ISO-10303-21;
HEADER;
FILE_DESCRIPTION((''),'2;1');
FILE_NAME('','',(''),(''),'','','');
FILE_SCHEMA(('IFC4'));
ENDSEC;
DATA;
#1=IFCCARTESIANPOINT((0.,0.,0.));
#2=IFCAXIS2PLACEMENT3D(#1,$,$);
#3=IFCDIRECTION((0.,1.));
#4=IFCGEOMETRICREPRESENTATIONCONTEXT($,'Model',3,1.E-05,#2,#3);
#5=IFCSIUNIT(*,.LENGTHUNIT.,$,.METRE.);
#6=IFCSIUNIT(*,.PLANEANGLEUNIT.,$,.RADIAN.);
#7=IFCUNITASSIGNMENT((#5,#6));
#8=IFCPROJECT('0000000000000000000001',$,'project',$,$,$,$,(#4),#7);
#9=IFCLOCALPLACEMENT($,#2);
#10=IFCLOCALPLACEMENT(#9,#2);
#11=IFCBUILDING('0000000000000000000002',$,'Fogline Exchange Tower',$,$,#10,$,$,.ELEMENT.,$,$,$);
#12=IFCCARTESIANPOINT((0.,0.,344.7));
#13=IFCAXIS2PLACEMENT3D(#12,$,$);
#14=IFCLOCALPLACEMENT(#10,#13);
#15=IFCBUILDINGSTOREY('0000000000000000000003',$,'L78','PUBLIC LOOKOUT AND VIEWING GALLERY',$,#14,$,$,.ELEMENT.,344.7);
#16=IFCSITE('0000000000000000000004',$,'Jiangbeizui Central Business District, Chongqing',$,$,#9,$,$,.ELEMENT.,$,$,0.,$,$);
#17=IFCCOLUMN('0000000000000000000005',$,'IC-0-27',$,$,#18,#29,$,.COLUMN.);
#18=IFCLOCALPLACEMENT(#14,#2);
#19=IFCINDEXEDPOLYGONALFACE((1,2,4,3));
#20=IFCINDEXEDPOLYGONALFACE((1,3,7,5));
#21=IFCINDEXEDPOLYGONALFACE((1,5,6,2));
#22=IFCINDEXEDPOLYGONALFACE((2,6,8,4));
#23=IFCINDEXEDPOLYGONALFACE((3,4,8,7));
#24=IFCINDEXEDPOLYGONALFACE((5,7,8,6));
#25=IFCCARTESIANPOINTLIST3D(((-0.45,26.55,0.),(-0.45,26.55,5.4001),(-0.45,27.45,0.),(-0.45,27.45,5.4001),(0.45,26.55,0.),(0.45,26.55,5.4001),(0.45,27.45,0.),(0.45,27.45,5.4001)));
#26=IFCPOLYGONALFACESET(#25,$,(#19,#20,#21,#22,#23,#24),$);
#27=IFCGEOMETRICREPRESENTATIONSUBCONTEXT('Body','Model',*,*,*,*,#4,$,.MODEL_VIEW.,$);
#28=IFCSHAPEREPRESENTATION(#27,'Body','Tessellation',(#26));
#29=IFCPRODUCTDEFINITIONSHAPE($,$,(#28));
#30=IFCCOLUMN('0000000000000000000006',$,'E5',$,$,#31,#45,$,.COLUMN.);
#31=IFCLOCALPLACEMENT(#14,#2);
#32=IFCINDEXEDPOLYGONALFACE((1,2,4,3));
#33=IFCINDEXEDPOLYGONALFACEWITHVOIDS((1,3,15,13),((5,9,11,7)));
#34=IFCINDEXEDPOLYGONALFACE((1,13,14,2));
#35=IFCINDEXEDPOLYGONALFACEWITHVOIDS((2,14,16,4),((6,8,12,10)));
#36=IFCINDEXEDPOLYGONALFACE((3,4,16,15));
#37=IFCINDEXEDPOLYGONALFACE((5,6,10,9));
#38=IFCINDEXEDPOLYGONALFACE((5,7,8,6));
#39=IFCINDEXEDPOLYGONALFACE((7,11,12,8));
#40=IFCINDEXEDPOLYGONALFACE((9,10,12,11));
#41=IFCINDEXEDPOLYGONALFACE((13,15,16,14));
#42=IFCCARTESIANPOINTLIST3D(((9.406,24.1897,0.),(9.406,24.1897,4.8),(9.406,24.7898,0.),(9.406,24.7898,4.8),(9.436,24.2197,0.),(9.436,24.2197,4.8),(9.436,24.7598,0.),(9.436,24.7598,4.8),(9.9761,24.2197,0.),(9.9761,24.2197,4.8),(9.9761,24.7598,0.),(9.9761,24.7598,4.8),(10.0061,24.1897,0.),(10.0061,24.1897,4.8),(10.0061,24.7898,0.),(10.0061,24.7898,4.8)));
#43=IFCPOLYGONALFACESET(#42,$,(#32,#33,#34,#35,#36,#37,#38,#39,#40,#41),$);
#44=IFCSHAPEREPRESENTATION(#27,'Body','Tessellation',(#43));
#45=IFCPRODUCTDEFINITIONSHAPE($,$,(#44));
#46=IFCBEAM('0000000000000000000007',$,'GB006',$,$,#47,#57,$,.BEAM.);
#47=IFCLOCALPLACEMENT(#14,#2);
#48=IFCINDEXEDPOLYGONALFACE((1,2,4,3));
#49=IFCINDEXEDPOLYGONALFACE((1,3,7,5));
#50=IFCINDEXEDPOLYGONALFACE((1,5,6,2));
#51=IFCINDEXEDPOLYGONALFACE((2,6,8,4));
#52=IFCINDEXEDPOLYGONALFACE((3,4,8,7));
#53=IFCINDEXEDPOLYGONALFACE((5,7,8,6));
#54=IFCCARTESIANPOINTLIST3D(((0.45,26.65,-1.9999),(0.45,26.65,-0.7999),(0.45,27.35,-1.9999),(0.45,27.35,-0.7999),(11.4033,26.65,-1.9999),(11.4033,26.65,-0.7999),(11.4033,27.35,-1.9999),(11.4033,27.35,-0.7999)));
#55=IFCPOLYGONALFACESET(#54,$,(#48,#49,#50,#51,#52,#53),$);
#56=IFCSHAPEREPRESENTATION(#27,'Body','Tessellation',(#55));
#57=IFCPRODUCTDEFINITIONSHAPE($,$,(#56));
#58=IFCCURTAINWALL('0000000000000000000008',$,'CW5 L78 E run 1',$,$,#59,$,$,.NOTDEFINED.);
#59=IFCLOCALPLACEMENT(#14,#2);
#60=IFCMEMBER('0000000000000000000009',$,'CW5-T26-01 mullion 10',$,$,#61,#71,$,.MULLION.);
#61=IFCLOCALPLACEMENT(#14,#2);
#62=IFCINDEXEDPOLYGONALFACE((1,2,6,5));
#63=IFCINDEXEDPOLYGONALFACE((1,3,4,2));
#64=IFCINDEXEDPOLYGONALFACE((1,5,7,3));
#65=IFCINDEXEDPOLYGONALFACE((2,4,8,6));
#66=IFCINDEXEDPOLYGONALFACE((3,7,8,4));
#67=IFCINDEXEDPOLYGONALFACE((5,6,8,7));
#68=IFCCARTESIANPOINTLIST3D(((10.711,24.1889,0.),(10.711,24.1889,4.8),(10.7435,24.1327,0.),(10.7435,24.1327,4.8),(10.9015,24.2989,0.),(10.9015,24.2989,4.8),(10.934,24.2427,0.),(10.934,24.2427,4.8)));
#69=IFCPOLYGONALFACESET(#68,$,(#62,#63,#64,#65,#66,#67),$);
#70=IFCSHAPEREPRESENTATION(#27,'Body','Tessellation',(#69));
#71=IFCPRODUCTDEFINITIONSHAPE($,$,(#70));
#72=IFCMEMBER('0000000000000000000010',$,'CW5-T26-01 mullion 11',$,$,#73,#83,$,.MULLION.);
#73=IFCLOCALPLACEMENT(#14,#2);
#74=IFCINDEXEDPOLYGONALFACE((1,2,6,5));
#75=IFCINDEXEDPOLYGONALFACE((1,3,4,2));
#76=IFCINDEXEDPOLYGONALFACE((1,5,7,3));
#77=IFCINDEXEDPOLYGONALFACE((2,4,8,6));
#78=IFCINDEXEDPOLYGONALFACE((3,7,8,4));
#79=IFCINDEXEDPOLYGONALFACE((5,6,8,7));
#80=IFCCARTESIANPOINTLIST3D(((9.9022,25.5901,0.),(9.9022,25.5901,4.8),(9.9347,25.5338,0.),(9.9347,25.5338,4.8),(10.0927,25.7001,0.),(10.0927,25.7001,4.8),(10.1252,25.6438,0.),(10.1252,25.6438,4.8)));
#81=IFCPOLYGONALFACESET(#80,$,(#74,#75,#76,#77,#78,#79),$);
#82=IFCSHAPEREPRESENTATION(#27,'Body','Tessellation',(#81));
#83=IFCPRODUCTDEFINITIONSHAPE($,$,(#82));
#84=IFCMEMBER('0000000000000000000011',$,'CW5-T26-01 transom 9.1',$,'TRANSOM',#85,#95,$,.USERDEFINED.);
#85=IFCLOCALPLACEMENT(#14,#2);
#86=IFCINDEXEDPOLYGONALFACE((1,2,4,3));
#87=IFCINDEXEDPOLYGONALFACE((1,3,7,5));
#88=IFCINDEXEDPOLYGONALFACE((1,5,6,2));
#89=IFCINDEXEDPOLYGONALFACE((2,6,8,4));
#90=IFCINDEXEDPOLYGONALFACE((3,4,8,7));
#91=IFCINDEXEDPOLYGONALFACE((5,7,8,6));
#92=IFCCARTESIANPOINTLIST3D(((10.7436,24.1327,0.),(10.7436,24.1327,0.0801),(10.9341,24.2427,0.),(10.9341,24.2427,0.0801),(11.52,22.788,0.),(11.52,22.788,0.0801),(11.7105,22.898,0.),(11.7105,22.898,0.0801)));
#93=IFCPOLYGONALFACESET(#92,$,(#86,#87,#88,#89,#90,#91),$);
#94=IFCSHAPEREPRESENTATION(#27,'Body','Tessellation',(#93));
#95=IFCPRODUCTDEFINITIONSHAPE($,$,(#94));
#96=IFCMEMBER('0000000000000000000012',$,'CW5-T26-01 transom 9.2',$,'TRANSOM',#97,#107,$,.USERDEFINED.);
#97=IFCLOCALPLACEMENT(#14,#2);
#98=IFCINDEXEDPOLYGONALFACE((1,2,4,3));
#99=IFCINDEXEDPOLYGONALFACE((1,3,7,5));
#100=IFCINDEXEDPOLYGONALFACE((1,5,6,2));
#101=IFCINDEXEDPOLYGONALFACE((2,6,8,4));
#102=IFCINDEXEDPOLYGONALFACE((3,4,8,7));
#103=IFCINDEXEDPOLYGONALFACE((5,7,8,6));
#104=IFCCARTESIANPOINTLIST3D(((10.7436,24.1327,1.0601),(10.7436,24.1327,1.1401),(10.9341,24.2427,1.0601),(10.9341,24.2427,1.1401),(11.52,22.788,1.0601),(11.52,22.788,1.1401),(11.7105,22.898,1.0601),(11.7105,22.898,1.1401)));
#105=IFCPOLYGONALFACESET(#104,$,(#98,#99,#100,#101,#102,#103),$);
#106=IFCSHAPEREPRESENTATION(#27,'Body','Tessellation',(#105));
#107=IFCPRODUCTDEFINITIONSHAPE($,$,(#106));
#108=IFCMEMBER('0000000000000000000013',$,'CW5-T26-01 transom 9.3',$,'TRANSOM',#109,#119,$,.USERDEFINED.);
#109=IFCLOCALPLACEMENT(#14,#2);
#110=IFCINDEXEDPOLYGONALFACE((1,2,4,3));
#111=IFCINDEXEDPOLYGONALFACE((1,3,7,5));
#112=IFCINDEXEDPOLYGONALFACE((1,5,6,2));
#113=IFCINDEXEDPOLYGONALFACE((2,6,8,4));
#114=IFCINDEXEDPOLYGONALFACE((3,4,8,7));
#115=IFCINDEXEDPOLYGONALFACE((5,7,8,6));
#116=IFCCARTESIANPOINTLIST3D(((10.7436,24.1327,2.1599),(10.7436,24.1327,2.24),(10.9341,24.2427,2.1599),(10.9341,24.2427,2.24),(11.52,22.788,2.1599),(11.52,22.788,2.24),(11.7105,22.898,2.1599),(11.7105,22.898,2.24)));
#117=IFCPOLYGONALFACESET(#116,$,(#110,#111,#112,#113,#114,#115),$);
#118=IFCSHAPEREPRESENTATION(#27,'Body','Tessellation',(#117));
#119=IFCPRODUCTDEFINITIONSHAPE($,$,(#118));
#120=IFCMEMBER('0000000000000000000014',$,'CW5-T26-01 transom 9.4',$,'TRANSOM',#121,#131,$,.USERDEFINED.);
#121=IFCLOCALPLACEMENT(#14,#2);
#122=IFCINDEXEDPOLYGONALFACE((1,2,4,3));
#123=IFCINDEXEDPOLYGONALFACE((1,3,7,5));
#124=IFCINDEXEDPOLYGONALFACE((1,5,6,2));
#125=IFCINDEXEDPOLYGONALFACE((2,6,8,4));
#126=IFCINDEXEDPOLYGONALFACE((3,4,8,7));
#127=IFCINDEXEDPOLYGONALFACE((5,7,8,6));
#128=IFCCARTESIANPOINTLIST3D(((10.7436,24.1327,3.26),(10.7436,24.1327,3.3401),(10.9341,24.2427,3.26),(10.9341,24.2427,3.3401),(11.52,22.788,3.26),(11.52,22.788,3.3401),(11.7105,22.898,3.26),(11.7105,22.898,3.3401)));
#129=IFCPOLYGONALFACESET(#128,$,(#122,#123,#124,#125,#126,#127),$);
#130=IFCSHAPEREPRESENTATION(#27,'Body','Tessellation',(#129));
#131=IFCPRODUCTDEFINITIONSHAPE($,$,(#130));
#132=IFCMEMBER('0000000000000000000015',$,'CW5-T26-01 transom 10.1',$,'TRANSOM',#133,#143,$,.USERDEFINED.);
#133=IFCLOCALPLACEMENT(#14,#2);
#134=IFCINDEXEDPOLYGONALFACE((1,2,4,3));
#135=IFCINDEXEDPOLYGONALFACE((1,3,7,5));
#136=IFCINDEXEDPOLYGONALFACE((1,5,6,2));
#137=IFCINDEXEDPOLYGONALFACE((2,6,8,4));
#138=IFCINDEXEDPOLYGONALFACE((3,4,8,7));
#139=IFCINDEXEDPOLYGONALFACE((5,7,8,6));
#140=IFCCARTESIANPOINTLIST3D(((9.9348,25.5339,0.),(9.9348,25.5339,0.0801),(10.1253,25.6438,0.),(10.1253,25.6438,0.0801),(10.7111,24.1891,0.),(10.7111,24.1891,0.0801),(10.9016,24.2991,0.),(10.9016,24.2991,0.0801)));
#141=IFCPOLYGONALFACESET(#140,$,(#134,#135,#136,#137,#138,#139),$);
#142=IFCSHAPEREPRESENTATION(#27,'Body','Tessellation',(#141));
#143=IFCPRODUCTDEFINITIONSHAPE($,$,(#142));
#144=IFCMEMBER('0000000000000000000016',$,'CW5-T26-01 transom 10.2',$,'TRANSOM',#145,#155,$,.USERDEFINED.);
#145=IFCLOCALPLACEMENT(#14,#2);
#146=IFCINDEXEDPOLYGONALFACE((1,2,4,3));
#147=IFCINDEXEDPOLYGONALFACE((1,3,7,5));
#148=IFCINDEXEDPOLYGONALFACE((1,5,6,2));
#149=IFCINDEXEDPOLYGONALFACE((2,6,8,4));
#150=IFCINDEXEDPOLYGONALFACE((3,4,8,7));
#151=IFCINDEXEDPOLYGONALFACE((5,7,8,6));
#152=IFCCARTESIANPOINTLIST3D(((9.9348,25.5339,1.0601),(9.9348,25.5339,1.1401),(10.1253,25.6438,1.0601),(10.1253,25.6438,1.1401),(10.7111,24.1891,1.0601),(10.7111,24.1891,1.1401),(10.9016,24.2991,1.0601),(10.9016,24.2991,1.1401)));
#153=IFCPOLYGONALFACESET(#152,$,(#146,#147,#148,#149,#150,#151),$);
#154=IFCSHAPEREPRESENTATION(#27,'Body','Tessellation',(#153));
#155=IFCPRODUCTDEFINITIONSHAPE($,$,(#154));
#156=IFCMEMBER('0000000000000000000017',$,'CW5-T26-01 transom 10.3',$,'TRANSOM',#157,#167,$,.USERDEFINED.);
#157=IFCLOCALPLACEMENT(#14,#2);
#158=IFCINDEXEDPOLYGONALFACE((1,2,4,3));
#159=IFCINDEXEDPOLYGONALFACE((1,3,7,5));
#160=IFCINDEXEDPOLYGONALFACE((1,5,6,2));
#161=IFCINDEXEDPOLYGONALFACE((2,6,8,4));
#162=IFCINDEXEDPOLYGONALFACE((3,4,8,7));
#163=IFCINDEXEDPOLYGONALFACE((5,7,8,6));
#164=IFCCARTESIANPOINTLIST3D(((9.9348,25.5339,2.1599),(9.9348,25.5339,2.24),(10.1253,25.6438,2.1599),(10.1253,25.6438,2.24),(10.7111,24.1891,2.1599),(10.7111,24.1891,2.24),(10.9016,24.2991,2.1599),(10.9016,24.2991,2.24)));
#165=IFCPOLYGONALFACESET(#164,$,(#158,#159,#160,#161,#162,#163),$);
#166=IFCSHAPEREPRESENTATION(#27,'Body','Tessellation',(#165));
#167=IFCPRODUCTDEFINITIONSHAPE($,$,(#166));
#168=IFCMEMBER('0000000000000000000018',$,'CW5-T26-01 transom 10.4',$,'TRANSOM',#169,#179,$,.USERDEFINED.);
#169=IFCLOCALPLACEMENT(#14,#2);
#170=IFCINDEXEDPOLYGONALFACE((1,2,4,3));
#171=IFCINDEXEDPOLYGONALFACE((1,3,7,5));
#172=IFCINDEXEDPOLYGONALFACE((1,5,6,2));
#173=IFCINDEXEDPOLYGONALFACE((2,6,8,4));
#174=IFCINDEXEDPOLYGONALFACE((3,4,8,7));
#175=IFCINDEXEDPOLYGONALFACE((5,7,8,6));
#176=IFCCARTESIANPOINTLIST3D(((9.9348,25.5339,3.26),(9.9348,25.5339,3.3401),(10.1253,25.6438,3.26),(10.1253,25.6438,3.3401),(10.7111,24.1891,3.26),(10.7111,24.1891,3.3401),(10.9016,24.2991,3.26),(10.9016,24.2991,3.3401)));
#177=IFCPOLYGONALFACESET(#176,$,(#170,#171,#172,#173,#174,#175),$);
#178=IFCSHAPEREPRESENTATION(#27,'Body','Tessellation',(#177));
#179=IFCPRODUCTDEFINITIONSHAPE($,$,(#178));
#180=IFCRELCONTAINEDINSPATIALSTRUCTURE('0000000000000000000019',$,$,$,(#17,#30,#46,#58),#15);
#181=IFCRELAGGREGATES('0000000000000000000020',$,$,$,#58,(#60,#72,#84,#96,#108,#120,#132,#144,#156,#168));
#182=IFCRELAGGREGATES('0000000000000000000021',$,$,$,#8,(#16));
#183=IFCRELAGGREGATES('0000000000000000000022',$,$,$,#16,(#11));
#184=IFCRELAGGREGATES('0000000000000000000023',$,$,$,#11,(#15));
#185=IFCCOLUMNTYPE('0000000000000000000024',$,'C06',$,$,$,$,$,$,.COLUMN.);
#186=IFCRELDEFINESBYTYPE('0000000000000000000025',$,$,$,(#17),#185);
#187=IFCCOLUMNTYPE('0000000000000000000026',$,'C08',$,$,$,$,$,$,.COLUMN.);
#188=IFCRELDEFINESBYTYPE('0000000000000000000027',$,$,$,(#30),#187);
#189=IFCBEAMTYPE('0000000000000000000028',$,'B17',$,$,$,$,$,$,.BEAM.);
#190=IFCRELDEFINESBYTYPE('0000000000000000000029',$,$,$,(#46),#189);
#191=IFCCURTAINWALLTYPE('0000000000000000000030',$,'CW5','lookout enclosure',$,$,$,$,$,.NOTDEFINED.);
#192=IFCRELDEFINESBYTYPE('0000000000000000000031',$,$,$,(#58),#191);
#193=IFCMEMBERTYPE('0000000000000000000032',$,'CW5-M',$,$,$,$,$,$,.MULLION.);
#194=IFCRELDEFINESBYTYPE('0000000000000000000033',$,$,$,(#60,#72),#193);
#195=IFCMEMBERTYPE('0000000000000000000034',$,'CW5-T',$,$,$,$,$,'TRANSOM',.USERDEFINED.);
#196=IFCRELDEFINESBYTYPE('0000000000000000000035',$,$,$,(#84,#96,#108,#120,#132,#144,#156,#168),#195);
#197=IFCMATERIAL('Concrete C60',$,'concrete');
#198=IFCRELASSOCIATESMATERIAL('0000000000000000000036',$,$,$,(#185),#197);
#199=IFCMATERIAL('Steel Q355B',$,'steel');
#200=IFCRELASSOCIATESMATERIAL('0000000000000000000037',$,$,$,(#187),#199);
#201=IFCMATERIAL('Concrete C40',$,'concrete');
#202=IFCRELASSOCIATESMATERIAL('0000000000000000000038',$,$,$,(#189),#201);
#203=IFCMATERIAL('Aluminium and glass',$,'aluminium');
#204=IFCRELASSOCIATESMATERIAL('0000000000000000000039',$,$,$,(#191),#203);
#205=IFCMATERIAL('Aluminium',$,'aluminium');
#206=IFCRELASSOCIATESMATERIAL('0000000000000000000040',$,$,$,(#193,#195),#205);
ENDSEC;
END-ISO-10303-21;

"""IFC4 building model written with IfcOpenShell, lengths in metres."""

from ifc_helpers import new_model, si_unit, direction, frame, origin, origin_2d, place, context, subcontext, project, spatial, rectangle, hollow_rectangle, extrude, material, material_profile, profile_set, type_object, element, aggregate, save


model = new_model("IFC4")

# Units and contexts
model_context = context("Model", 3, precision=1e-05, world=origin(), true_north=direction((0.0, 1.0)))
body_context = subcontext(model_context, "Body", "Model", "MODEL_VIEW")
ifc_project = project(units=[si_unit("LENGTHUNIT", "METRE"), si_unit("PLANEANGLEUNIT", "RADIAN")], contexts=[model_context])

# Site, building, storey
site_placement = place(None, origin())
site = spatial("IfcSite", under=ifc_project, at=site_placement, Name="Jiangbeizui Central Business District, Chongqing", CompositionType="ELEMENT", RefElevation=0.0)
building_placement = place(site_placement, origin())
building = spatial("IfcBuilding", under=site, at=building_placement, Name="Fogline Exchange Tower", CompositionType="ELEMENT")
storey_placement = place(building_placement, frame((0.0, 0.0, 344.7)))
storey = spatial("IfcBuildingStorey", under=building, at=storey_placement, Name="L78", Description="PUBLIC LOOKOUT AND VIEWING GALLERY", CompositionType="ELEMENT", Elevation=344.7)

# Columns
ifc_material_1 = material(Name="Concrete C60", Category="concrete")
ifc_material_profile_1 = material_profile(ifc_material_1, rectangle(XDim=0.8999, YDim=0.8999, at=origin_2d()), Name="RC 900x900")
ifc_profile_set_1 = profile_set([ifc_material_profile_1], Name="Concrete C60")
column_type_1 = type_object("IfcColumnType", Name="C06", PredefinedType="COLUMN", material=ifc_profile_set_1)
column_1_placement = place(storey_placement, frame((0.0, 27.0, 0.0), z_axis=(0.0, 0.0, 1.0), x_axis=(1.0, 0.0, 0.0)))
element("IfcColumn", 1, at=column_1_placement, inside=storey, type_object=column_type_1, Name="IC-0-27", PredefinedType="COLUMN", context=body_context, shape_type="SweptSolid", body=[
    extrude(rectangle(XDim=0.8999, YDim=0.8999, at=origin_2d()), origin(), (0.0, 0.0, 1.0), 5.4001),
])
ifc_material_2 = material(Name="Steel Q355B", Category="steel")
ifc_material_profile_2 = material_profile(ifc_material_2, hollow_rectangle(XDim=0.6001, YDim=0.6001, WallThickness=0.03, at=origin_2d()), Name="BOX600X600X30")
ifc_profile_set_2 = profile_set([ifc_material_profile_2], Name="Steel Q355B")
column_type_2 = type_object("IfcColumnType", Name="C08", PredefinedType="COLUMN", material=ifc_profile_set_2)
column_2_placement = place(storey_placement, frame((9.7061, 24.4897, 0.0), z_axis=(0.0, 0.0, 1.0), x_axis=(1.0, 0.0, 0.0)))
element("IfcColumn", 2, at=column_2_placement, inside=storey, type_object=column_type_2, Name="E5", PredefinedType="COLUMN", context=body_context, shape_type="SweptSolid", body=[
    extrude(hollow_rectangle(XDim=0.6001, YDim=0.6001, WallThickness=0.03, at=origin_2d()), origin(), (0.0, 0.0, 1.0), 4.8),
])

# Beam
ifc_material_3 = material(Name="Concrete C40", Category="concrete")
ifc_material_profile_3 = material_profile(ifc_material_3, rectangle(XDim=0.7, YDim=1.2, at=origin_2d()), Name="RC 700x1200")
ifc_profile_set_3 = profile_set([ifc_material_profile_3], Name="Concrete C40")
beam_type = type_object("IfcBeamType", Name="B17", PredefinedType="BEAM", material=ifc_profile_set_3)
beam_placement = place(storey_placement, frame((0.45, 27.0, -1.3999), z_axis=(1.0, 0.0, 0.0), x_axis=(0.0, 1.0, 0.0)))
element("IfcBeam", 3, at=beam_placement, inside=storey, type_object=beam_type, Name="GB006", PredefinedType="BEAM", context=body_context, shape_type="SweptSolid", body=[
    extrude(rectangle(XDim=0.7, YDim=1.2, at=origin_2d()), origin(), (0.0, 0.0, 1.0), 10.9534),
])

# Curtain wall, members
ifc_material_4 = material(Name="Aluminium and glass", Category="aluminium")
curtain_wall_type = type_object("IfcCurtainWallType", Name="CW5", Description="lookout enclosure", PredefinedType="NOTDEFINED", material=ifc_material_4)
curtain_wall_placement = place(storey_placement, origin())
curtain_wall = element("IfcCurtainWall", 4, at=curtain_wall_placement, inside=storey, type_object=curtain_wall_type, Name="CW5 L78 E run 1", PredefinedType="NOTDEFINED")
ifc_material_5 = material(Name="Aluminium", Category="aluminium")
ifc_material_profile_4 = material_profile(ifc_material_5, rectangle(XDim=0.22, YDim=0.0649, at=origin_2d()), Name="Mullion 65x220")
ifc_profile_set_4 = profile_set([ifc_material_profile_4], Name="Aluminium")
member_type_1 = type_object("IfcMemberType", Name="CW5-M", PredefinedType="MULLION", material=ifc_profile_set_4)
member_1_placement = place(storey_placement, frame((10.8225, 24.2158, 0.0), z_axis=(0.0, 0.0, 1.0), x_axis=(-0.866025, -0.5, 0.0)))
member_1 = element("IfcMember", 5, at=member_1_placement, type_object=member_type_1, Name="CW5-T26-01 mullion 10", PredefinedType="MULLION", context=body_context, shape_type="SweptSolid", body=[
    extrude(rectangle(XDim=0.22, YDim=0.0649, at=origin_2d()), origin(), (0.0, 0.0, 1.0), 4.8),
])
member_2_placement = place(storey_placement, frame((10.0137, 25.6169, 0.0), z_axis=(0.0, 0.0, 1.0), x_axis=(-0.866025, -0.5, 0.0)))
member_2 = element("IfcMember", 6, at=member_2_placement, type_object=member_type_1, Name="CW5-T26-01 mullion 11", PredefinedType="MULLION", context=body_context, shape_type="SweptSolid", body=[
    extrude(rectangle(XDim=0.22, YDim=0.0649, at=origin_2d()), origin(), (0.0, 0.0, 1.0), 4.8),
])
ifc_material_profile_5 = material_profile(ifc_material_5, rectangle(XDim=0.22, YDim=0.0801, at=origin_2d()), Name="Transom 80x220")
ifc_profile_set_5 = profile_set([ifc_material_profile_5], Name="Aluminium")
member_type_2 = type_object("IfcMemberType", Name="CW5-T", ElementType="TRANSOM", PredefinedType="USERDEFINED", material=ifc_profile_set_5)
member_3_placement = place(storey_placement, frame((11.6152, 22.843, 0.04), z_axis=(-0.499995, 0.866028, 0.0), x_axis=(-0.866028, -0.499995, 0.0)))
member_3 = element("IfcMember", 7, at=member_3_placement, type_object=member_type_2, Name="CW5-T26-01 transom 9.1", ObjectType="TRANSOM", PredefinedType="USERDEFINED", context=body_context, shape_type="SweptSolid", body=[
    extrude(rectangle(XDim=0.22, YDim=0.0801, at=origin_2d()), origin(), (0.0, 0.0, 1.0), 1.5527),
])
member_4_placement = place(storey_placement, frame((11.6152, 22.843, 1.1001), z_axis=(-0.499995, 0.866028, 0.0), x_axis=(-0.866028, -0.499995, 0.0)))
member_4 = element("IfcMember", 8, at=member_4_placement, type_object=member_type_2, Name="CW5-T26-01 transom 9.2", ObjectType="TRANSOM", PredefinedType="USERDEFINED", context=body_context, shape_type="SweptSolid", body=[
    extrude(rectangle(XDim=0.22, YDim=0.0801, at=origin_2d()), origin(), (0.0, 0.0, 1.0), 1.5527),
])
member_5_placement = place(storey_placement, frame((11.6152, 22.843, 2.2), z_axis=(-0.499995, 0.866028, 0.0), x_axis=(-0.866028, -0.499995, 0.0)))
member_5 = element("IfcMember", 9, at=member_5_placement, type_object=member_type_2, Name="CW5-T26-01 transom 9.3", ObjectType="TRANSOM", PredefinedType="USERDEFINED", context=body_context, shape_type="SweptSolid", body=[
    extrude(rectangle(XDim=0.22, YDim=0.0801, at=origin_2d()), origin(), (0.0, 0.0, 1.0), 1.5527),
])
member_6_placement = place(storey_placement, frame((11.6152, 22.843, 3.3), z_axis=(-0.499995, 0.866028, 0.0), x_axis=(-0.866028, -0.499995, 0.0)))
member_6 = element("IfcMember", 10, at=member_6_placement, type_object=member_type_2, Name="CW5-T26-01 transom 9.4", ObjectType="TRANSOM", PredefinedType="USERDEFINED", context=body_context, shape_type="SweptSolid", body=[
    extrude(rectangle(XDim=0.22, YDim=0.0801, at=origin_2d()), origin(), (0.0, 0.0, 1.0), 1.5527),
])
member_7_placement = place(storey_placement, frame((10.8064, 24.2441, 0.04), z_axis=(-0.499995, 0.866028, 0.0), x_axis=(-0.866028, -0.499995, 0.0)))
member_7 = element("IfcMember", 11, at=member_7_placement, type_object=member_type_2, Name="CW5-T26-01 transom 10.1", ObjectType="TRANSOM", PredefinedType="USERDEFINED", context=body_context, shape_type="SweptSolid", body=[
    extrude(rectangle(XDim=0.22, YDim=0.0801, at=origin_2d()), origin(), (0.0, 0.0, 1.0), 1.5527),
])
member_8_placement = place(storey_placement, frame((10.8064, 24.2441, 1.1001), z_axis=(-0.499995, 0.866028, 0.0), x_axis=(-0.866028, -0.499995, 0.0)))
member_8 = element("IfcMember", 12, at=member_8_placement, type_object=member_type_2, Name="CW5-T26-01 transom 10.2", ObjectType="TRANSOM", PredefinedType="USERDEFINED", context=body_context, shape_type="SweptSolid", body=[
    extrude(rectangle(XDim=0.22, YDim=0.0801, at=origin_2d()), origin(), (0.0, 0.0, 1.0), 1.5527),
])
member_9_placement = place(storey_placement, frame((10.8064, 24.2441, 2.2), z_axis=(-0.499995, 0.866028, 0.0), x_axis=(-0.866028, -0.499995, 0.0)))
member_9 = element("IfcMember", 13, at=member_9_placement, type_object=member_type_2, Name="CW5-T26-01 transom 10.3", ObjectType="TRANSOM", PredefinedType="USERDEFINED", context=body_context, shape_type="SweptSolid", body=[
    extrude(rectangle(XDim=0.22, YDim=0.0801, at=origin_2d()), origin(), (0.0, 0.0, 1.0), 1.5527),
])
member_10_placement = place(storey_placement, frame((10.8064, 24.2441, 3.3), z_axis=(-0.499995, 0.866028, 0.0), x_axis=(-0.866028, -0.499995, 0.0)))
member_10 = element("IfcMember", 14, at=member_10_placement, type_object=member_type_2, Name="CW5-T26-01 transom 10.4", ObjectType="TRANSOM", PredefinedType="USERDEFINED", context=body_context, shape_type="SweptSolid", body=[
    extrude(rectangle(XDim=0.22, YDim=0.0801, at=origin_2d()), origin(), (0.0, 0.0, 1.0), 1.5527),
])
aggregate(curtain_wall, [member_1, member_2, member_3, member_4, member_5, member_6, member_7, member_8, member_9, member_10])

save(model, "model.ifc")
